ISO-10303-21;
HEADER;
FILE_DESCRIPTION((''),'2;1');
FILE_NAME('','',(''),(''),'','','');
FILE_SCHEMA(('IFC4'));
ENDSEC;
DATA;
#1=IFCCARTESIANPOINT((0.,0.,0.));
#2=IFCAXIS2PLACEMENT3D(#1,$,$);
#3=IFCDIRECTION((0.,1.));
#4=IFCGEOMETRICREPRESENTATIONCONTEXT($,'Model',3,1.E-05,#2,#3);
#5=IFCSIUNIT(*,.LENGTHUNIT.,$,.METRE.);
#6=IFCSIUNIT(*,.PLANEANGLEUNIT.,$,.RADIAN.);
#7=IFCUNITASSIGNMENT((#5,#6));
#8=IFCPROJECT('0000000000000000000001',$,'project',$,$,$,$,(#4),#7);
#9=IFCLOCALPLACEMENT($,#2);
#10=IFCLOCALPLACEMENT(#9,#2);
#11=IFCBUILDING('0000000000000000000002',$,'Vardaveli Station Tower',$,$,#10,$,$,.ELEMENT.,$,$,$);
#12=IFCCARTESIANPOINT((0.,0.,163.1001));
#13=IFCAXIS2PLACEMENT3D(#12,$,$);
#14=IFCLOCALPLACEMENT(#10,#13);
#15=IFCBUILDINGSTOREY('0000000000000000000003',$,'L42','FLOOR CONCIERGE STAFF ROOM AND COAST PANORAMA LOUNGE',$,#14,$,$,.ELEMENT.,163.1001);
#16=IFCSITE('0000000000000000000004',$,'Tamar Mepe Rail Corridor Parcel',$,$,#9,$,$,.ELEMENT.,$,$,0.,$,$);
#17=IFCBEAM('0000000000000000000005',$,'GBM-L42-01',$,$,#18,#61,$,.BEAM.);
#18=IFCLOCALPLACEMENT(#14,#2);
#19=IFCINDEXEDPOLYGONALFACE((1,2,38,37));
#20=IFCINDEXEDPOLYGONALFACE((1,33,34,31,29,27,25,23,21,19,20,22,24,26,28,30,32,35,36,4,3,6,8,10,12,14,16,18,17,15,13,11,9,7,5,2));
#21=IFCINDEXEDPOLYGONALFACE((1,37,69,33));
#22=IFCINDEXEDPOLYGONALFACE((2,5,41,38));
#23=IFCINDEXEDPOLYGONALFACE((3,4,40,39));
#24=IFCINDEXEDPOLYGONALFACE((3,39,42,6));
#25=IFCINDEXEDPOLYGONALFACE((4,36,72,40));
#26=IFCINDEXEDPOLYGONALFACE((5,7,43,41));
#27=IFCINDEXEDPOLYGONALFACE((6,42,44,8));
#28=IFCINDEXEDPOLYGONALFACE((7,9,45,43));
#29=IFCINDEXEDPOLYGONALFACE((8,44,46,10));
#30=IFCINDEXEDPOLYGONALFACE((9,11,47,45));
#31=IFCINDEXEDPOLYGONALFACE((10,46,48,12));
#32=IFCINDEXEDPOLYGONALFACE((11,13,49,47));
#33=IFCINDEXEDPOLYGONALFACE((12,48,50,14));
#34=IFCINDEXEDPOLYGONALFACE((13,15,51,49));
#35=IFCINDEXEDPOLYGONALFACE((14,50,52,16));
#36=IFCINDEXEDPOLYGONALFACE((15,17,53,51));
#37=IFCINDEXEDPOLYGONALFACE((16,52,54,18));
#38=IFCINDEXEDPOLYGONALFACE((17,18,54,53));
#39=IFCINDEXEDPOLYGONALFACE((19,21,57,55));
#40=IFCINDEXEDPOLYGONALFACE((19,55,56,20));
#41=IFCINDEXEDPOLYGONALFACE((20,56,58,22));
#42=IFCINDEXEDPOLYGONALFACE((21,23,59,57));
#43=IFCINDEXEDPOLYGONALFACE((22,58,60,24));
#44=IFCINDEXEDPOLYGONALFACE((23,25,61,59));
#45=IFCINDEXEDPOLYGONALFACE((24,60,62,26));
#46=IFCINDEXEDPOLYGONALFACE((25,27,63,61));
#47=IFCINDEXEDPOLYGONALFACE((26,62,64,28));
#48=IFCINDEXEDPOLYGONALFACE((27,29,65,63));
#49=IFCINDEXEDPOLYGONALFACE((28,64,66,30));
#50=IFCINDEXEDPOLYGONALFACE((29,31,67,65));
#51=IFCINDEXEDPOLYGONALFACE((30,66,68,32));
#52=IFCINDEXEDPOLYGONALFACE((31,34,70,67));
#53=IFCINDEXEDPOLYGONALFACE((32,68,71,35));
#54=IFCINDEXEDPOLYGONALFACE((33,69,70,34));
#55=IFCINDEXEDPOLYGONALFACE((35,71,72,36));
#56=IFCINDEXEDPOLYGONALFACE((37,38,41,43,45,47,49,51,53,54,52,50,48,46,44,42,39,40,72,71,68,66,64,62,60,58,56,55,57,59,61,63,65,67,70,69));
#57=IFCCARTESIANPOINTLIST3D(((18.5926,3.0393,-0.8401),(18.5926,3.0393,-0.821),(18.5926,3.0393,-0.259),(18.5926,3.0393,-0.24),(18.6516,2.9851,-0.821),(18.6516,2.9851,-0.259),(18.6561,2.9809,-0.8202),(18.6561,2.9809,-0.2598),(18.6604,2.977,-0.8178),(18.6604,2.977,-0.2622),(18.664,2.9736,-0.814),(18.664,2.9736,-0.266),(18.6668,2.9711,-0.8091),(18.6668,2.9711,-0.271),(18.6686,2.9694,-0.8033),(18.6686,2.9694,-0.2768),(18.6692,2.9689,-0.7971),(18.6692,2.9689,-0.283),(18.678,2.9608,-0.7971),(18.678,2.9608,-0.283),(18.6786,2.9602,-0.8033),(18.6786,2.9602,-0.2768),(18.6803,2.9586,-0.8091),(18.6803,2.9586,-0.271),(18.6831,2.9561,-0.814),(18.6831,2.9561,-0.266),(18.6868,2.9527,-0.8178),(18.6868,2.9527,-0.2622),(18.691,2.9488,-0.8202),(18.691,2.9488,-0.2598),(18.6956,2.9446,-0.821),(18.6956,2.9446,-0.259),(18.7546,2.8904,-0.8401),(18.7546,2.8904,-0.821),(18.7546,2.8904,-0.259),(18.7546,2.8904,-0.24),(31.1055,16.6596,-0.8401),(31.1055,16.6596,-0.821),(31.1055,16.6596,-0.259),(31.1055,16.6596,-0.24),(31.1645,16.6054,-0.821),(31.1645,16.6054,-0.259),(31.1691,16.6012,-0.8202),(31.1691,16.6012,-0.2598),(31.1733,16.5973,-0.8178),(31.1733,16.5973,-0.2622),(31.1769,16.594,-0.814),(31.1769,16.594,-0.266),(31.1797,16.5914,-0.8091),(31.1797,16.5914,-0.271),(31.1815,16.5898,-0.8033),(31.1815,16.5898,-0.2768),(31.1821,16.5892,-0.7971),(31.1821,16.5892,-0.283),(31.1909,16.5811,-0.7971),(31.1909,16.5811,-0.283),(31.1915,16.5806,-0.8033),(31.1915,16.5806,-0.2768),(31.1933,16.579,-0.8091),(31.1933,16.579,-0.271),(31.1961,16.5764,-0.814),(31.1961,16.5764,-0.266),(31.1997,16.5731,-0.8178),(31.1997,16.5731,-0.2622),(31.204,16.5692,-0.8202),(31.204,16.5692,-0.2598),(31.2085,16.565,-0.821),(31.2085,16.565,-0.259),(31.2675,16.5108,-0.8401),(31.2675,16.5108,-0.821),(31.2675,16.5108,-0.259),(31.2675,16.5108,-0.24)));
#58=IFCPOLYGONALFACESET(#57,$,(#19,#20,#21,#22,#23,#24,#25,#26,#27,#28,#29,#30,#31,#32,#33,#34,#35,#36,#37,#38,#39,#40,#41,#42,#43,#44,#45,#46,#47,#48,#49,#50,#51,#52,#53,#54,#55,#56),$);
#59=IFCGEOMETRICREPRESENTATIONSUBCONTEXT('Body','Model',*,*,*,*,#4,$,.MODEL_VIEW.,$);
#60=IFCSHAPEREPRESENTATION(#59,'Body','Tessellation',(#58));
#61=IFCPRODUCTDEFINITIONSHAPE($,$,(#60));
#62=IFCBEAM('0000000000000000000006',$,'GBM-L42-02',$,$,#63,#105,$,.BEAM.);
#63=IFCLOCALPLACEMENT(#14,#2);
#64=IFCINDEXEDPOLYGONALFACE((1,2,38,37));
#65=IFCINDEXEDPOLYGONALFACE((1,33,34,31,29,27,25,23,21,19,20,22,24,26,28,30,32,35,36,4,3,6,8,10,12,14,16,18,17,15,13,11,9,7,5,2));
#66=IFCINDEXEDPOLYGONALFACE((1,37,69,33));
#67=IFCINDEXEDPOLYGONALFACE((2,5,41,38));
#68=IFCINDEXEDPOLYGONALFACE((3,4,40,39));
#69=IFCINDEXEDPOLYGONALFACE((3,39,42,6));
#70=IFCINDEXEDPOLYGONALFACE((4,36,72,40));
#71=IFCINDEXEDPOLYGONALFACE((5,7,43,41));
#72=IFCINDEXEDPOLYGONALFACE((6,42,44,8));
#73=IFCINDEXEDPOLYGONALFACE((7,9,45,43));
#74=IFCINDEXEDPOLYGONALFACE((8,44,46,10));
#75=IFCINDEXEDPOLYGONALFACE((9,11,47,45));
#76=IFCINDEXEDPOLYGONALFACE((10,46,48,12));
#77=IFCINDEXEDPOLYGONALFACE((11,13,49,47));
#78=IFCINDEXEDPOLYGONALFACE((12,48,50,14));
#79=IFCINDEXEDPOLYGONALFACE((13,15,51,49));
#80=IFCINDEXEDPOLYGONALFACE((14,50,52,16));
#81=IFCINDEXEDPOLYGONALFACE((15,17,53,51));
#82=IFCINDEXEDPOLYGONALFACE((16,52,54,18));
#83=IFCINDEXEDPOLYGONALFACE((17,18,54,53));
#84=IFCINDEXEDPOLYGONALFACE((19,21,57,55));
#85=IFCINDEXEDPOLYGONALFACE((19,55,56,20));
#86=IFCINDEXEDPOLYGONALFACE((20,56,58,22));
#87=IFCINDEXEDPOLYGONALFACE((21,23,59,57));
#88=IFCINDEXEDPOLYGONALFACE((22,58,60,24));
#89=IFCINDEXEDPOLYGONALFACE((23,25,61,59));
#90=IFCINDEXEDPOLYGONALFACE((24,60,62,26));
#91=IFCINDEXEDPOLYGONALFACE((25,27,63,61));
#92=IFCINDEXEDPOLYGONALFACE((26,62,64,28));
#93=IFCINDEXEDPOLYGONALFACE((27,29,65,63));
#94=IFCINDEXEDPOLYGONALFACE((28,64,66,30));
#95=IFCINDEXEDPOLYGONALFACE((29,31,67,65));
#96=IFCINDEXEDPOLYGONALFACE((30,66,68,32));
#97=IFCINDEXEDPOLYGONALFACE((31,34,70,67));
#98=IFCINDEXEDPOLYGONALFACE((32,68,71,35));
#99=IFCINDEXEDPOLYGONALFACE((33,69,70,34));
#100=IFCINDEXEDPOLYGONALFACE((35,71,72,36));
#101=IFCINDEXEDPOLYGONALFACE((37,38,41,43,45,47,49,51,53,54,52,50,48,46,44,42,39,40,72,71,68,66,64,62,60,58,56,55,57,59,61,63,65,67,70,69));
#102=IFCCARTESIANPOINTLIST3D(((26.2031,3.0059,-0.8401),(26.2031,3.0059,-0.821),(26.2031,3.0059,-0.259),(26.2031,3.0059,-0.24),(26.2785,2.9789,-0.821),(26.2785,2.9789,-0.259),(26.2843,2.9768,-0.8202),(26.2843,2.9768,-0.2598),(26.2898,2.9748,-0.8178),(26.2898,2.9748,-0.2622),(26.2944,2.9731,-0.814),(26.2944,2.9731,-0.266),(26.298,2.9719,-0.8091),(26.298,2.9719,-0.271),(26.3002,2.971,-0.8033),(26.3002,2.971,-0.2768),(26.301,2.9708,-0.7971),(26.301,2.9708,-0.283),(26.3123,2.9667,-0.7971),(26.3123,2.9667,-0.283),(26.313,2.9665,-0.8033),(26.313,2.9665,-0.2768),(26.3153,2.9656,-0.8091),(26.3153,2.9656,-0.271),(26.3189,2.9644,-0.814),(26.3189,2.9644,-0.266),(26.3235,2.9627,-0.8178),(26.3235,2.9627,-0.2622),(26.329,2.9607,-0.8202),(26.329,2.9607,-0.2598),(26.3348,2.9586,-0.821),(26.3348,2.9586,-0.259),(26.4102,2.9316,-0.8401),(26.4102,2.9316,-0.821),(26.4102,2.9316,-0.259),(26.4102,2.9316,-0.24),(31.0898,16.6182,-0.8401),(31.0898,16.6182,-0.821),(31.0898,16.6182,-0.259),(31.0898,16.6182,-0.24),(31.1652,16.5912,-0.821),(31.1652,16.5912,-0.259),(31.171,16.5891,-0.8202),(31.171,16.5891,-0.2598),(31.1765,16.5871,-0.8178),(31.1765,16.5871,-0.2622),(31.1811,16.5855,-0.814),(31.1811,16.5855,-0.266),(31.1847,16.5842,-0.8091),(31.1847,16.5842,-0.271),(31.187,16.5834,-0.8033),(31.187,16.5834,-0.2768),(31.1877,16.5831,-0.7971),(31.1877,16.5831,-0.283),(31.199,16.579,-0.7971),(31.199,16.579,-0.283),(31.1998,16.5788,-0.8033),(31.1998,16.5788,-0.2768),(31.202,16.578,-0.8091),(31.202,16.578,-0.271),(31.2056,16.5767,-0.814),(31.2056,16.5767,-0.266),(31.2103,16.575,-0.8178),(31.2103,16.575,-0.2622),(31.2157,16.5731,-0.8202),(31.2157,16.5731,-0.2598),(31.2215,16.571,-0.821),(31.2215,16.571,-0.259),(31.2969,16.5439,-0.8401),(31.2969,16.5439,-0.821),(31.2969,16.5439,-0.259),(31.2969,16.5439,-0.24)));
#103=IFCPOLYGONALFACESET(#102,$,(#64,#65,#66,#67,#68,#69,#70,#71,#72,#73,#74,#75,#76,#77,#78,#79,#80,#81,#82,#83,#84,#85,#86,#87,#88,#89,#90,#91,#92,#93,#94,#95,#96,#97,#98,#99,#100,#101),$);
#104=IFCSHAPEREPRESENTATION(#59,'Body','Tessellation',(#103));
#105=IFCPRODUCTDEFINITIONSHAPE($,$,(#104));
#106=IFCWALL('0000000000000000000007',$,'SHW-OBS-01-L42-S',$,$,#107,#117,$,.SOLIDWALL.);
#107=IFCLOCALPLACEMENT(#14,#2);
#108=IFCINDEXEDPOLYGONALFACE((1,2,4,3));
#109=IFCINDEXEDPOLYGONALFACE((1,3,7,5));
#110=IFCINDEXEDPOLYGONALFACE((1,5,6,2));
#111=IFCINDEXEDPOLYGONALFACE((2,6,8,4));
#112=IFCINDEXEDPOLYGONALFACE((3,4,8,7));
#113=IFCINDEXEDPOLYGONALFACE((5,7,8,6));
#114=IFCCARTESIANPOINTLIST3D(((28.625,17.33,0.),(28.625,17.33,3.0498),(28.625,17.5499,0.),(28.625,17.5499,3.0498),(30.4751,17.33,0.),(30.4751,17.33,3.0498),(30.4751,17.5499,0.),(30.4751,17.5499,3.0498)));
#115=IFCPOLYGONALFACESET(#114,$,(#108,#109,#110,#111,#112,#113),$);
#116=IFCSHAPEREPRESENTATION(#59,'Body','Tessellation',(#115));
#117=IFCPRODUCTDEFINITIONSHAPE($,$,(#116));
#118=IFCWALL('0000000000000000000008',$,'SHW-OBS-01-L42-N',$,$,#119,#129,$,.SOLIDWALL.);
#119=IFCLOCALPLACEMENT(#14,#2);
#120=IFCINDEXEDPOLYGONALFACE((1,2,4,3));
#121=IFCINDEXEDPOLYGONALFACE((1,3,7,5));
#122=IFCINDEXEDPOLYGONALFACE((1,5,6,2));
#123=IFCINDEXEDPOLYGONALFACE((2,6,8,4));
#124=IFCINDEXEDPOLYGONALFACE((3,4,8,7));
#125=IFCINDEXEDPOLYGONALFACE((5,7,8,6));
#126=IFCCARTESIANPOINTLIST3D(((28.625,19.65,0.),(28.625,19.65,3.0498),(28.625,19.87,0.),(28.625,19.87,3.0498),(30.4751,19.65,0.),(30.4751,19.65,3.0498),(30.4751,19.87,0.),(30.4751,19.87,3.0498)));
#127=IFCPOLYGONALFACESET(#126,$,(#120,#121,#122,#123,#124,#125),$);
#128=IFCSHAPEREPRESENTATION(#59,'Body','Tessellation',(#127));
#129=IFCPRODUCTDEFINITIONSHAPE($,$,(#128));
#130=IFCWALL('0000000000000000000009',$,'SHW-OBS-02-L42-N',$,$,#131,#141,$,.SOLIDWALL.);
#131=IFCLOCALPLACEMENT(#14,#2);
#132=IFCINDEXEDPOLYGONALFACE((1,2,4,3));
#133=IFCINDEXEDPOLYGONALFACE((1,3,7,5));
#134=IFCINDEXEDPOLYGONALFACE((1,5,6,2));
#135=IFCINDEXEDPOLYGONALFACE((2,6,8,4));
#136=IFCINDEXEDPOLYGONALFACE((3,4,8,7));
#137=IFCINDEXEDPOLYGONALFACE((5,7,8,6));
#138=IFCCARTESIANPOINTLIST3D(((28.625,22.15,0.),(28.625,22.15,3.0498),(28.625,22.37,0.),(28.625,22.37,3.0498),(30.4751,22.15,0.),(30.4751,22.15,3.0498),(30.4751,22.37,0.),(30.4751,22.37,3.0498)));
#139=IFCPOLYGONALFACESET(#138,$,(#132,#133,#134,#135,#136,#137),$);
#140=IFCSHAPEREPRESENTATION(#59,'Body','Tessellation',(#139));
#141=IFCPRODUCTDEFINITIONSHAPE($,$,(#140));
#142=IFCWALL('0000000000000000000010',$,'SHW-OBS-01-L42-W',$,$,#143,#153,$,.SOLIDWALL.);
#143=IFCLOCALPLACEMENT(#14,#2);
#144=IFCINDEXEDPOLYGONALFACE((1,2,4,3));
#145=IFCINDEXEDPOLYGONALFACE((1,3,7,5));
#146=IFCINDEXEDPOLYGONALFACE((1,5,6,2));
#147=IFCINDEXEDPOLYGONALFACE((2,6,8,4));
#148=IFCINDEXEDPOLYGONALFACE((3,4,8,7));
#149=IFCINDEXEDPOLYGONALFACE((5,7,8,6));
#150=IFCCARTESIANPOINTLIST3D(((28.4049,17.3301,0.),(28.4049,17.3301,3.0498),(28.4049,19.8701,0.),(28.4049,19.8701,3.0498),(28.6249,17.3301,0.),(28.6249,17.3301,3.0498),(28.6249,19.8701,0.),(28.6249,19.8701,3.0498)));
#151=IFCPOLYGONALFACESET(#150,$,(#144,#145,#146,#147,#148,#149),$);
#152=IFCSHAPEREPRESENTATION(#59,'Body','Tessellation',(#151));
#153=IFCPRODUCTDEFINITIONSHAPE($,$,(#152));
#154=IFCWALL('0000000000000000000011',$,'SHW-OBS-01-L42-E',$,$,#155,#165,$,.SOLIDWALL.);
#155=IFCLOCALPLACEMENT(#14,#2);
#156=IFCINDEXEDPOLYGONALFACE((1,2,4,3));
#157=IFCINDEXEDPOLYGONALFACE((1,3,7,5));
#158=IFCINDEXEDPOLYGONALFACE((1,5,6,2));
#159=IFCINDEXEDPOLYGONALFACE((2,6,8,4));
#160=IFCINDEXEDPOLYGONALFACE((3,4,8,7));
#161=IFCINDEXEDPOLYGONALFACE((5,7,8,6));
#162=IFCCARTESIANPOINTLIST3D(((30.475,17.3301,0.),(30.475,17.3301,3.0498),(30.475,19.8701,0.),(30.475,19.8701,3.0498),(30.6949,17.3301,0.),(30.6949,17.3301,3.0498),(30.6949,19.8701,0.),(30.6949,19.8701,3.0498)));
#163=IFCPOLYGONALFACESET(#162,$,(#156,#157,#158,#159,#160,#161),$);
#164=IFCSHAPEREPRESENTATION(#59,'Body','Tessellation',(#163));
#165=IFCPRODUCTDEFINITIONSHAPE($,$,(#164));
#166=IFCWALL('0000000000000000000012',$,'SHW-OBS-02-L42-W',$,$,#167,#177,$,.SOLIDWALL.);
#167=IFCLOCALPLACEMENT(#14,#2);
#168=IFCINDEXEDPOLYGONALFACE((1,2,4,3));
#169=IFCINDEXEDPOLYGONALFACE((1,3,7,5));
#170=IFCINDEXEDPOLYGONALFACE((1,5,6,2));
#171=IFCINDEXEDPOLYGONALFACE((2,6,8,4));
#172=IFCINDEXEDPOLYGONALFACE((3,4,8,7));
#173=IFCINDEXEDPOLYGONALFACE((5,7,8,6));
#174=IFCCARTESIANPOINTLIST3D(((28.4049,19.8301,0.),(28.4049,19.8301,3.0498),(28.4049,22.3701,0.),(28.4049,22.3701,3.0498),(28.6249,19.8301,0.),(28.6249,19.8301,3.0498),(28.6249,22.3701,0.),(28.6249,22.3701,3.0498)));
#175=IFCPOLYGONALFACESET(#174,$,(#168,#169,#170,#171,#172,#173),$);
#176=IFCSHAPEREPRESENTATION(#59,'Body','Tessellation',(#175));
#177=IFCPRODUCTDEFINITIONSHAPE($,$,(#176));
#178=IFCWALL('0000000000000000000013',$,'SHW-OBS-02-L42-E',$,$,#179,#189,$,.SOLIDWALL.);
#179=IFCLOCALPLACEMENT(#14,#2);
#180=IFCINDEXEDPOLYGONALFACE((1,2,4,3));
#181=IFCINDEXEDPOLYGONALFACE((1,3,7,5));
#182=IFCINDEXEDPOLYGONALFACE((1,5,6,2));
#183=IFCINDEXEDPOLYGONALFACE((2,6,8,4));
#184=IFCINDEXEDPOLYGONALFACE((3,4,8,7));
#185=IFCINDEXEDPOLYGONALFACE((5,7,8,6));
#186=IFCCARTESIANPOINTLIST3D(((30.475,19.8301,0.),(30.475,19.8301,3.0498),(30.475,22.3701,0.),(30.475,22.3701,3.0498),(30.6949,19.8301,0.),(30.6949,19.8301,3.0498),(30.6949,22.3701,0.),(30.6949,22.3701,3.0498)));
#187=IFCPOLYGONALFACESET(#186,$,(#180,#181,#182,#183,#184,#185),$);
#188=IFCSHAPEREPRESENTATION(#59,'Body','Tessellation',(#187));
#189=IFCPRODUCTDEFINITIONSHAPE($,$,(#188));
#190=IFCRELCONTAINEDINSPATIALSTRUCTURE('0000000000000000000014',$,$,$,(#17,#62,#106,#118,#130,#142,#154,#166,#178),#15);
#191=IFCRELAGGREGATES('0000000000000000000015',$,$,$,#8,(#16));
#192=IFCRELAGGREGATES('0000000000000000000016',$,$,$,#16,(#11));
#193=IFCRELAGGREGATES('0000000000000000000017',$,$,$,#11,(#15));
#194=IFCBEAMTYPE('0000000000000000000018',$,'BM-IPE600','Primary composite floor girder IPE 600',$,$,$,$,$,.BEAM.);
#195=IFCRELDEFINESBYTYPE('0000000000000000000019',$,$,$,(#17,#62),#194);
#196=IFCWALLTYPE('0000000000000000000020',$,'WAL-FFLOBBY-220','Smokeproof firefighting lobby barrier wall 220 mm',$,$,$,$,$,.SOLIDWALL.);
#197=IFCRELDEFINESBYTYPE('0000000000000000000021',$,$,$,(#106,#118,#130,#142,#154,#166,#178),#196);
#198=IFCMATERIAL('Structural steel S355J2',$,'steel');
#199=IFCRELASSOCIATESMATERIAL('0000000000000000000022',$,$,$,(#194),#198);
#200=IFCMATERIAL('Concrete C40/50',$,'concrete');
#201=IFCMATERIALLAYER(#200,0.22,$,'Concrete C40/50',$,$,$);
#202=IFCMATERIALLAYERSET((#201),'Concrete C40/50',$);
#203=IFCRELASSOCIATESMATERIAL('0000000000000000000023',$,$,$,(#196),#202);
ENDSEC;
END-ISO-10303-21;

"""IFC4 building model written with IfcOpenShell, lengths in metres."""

from ifc_helpers import new_model, si_unit, direction, frame, frame_2d, origin, origin_2d, place, context, subcontext, project, spatial, rectangle, i_section, extrude, source, transform, mapped, material, layer, layer_set, material_profile, profile_set, type_object, element, save


model = new_model("IFC4")

# Units and contexts
model_context = context("Model", 3, precision=1e-05, world=origin(), true_north=direction((0.0, 1.0)))
body_context = subcontext(model_context, "Body", "Model", "MODEL_VIEW")
ifc_project = project(units=[si_unit("LENGTHUNIT", "METRE"), si_unit("PLANEANGLEUNIT", "RADIAN")], contexts=[model_context])

# Site, building, storey
site_placement = place(None, origin())
site = spatial("IfcSite", under=ifc_project, at=site_placement, Name="Tamar Mepe Rail Corridor Parcel", CompositionType="ELEMENT", RefElevation=0.0)
building_placement = place(site_placement, origin())
building = spatial("IfcBuilding", under=site, at=building_placement, Name="Vardaveli Station Tower", CompositionType="ELEMENT")
storey_placement = place(building_placement, frame((0.0, 0.0, 163.1001)))
storey = spatial("IfcBuildingStorey", under=building, at=storey_placement, Name="L42", Description="FLOOR CONCIERGE STAFF ROOM AND COAST PANORAMA LOUNGE", CompositionType="ELEMENT", Elevation=163.1001)

# Beams
ifc_material_1 = material(Name="Structural steel S355J2", Category="steel")
ifc_material_profile_1 = material_profile(ifc_material_1, i_section(OverallWidth=0.22, OverallDepth=0.6001, WebThickness=0.012, FlangeThickness=0.019, FilletRadius=0.0239, at=origin_2d()), Name="IPE 600")
ifc_profile_set_1 = profile_set([ifc_material_profile_1], Name="Structural steel S355J2")
beam_type_1 = type_object("IfcBeamType", Name="BM-IPE600", Description="Primary composite floor girder IPE 600", PredefinedType="BEAM", material=ifc_profile_set_1)
shared_shape_1 = source(origin(), body_context, "Body", "SweptSolid", [
    extrude(i_section(OverallWidth=0.22, OverallDepth=0.6001, WebThickness=0.012, FlangeThickness=0.019, FilletRadius=0.0239, at=origin_2d()), origin(), (0.0, 0.0, 1.0), 18.4956),
])
beam_1_placement = place(storey_placement, frame((18.6736, 2.9648, -0.54), z_axis=(0.676535, 0.73641, 0.0), x_axis=(-0.73641, 0.676535, 0.0)))
element("IfcBeam", 1, at=beam_1_placement, inside=storey, type_object=beam_type_1, Name="GBM-L42-01", PredefinedType="BEAM", context=body_context, shape_type="MappedRepresentation", body=[
    mapped(shared_shape_1, transform((0.0, 0.0, 0.0), scale=1.0)),
])
shared_shape_2 = source(origin(), body_context, "Body", "SweptSolid", [
    extrude(i_section(OverallWidth=0.22, OverallDepth=0.6001, WebThickness=0.012, FlangeThickness=0.019, FilletRadius=0.0239, at=origin_2d()), origin(), (0.0, 0.0, 1.0), 14.4629),
])
beam_2_placement = place(storey_placement, frame((26.3066, 2.9688, -0.54), z_axis=(0.33788, 0.941189, 0.0), x_axis=(-0.941189, 0.33788, 0.0)))
element("IfcBeam", 2, at=beam_2_placement, inside=storey, type_object=beam_type_1, Name="GBM-L42-02", PredefinedType="BEAM", context=body_context, shape_type="MappedRepresentation", body=[
    mapped(shared_shape_2, transform((0.0, 0.0, 0.0), scale=1.0)),
])

# Walls
ifc_material_2 = material(Name="Concrete C40/50", Category="concrete")
ifc_layer_1 = layer(ifc_material_2, 0.22, Name="Concrete C40/50")
ifc_layer_set_1 = layer_set([ifc_layer_1], Name="Concrete C40/50")
wall_type_1 = type_object("IfcWallType", Name="WAL-FFLOBBY-220", Description="Smokeproof firefighting lobby barrier wall 220 mm", PredefinedType="SOLIDWALL", material=ifc_layer_set_1)
shared_shape_3 = source(origin(), body_context, "Body", "SweptSolid", [
    extrude(rectangle(XDim=1.8501, YDim=0.22, at=frame_2d((0.925, 0.0))), origin(), (0.0, 0.0, 1.0), 3.0498),
])
for number, where, z_axis, x_axis, name in (
    (3, (28.625, 17.4399, 0.0), (0.0, 0.0, 1.0), (1.0, 0.0, 0.0), "SHW-OBS-01-L42-S"),
    (4, (28.625, 19.76, 0.0), (0.0, 0.0, 1.0), (1.0, 0.0, 0.0), "SHW-OBS-01-L42-N"),
    (5, (28.625, 22.26, 0.0), (0.0, 0.0, 1.0), (1.0, 0.0, 0.0), "SHW-OBS-02-L42-N"),
):
    element("IfcWall", number, at=place(storey_placement, frame(where, z_axis=z_axis, x_axis=x_axis)), inside=storey, type_object=wall_type_1, Name=name, PredefinedType="SOLIDWALL", context=body_context, shape_type="MappedRepresentation", body=[
        mapped(shared_shape_3, transform((0.0, 0.0, 0.0), scale=1.0)),
    ])
shared_shape_4 = source(origin(), body_context, "Body", "SweptSolid", [
    extrude(rectangle(XDim=2.54, YDim=0.22, at=frame_2d((1.27, 0.0))), origin(), (0.0, 0.0, 1.0), 3.0498),
])
for number, where, z_axis, x_axis, name in (
    (6, (28.5149, 17.3301, 0.0), (0.0, 0.0, 1.0), (0.0, 1.0, 0.0), "SHW-OBS-01-L42-W"),
    (7, (30.585, 17.3301, 0.0), (0.0, 0.0, 1.0), (0.0, 1.0, 0.0), "SHW-OBS-01-L42-E"),
    (8, (28.5149, 19.8301, 0.0), (0.0, 0.0, 1.0), (0.0, 1.0, 0.0), "SHW-OBS-02-L42-W"),
    (9, (30.585, 19.8301, 0.0), (0.0, 0.0, 1.0), (0.0, 1.0, 0.0), "SHW-OBS-02-L42-E"),
):
    element("IfcWall", number, at=place(storey_placement, frame(where, z_axis=z_axis, x_axis=x_axis)), inside=storey, type_object=wall_type_1, Name=name, PredefinedType="SOLIDWALL", context=body_context, shape_type="MappedRepresentation", body=[
        mapped(shared_shape_4, transform((0.0, 0.0, 0.0), scale=1.0)),
    ])

save(model, "model.ifc")
